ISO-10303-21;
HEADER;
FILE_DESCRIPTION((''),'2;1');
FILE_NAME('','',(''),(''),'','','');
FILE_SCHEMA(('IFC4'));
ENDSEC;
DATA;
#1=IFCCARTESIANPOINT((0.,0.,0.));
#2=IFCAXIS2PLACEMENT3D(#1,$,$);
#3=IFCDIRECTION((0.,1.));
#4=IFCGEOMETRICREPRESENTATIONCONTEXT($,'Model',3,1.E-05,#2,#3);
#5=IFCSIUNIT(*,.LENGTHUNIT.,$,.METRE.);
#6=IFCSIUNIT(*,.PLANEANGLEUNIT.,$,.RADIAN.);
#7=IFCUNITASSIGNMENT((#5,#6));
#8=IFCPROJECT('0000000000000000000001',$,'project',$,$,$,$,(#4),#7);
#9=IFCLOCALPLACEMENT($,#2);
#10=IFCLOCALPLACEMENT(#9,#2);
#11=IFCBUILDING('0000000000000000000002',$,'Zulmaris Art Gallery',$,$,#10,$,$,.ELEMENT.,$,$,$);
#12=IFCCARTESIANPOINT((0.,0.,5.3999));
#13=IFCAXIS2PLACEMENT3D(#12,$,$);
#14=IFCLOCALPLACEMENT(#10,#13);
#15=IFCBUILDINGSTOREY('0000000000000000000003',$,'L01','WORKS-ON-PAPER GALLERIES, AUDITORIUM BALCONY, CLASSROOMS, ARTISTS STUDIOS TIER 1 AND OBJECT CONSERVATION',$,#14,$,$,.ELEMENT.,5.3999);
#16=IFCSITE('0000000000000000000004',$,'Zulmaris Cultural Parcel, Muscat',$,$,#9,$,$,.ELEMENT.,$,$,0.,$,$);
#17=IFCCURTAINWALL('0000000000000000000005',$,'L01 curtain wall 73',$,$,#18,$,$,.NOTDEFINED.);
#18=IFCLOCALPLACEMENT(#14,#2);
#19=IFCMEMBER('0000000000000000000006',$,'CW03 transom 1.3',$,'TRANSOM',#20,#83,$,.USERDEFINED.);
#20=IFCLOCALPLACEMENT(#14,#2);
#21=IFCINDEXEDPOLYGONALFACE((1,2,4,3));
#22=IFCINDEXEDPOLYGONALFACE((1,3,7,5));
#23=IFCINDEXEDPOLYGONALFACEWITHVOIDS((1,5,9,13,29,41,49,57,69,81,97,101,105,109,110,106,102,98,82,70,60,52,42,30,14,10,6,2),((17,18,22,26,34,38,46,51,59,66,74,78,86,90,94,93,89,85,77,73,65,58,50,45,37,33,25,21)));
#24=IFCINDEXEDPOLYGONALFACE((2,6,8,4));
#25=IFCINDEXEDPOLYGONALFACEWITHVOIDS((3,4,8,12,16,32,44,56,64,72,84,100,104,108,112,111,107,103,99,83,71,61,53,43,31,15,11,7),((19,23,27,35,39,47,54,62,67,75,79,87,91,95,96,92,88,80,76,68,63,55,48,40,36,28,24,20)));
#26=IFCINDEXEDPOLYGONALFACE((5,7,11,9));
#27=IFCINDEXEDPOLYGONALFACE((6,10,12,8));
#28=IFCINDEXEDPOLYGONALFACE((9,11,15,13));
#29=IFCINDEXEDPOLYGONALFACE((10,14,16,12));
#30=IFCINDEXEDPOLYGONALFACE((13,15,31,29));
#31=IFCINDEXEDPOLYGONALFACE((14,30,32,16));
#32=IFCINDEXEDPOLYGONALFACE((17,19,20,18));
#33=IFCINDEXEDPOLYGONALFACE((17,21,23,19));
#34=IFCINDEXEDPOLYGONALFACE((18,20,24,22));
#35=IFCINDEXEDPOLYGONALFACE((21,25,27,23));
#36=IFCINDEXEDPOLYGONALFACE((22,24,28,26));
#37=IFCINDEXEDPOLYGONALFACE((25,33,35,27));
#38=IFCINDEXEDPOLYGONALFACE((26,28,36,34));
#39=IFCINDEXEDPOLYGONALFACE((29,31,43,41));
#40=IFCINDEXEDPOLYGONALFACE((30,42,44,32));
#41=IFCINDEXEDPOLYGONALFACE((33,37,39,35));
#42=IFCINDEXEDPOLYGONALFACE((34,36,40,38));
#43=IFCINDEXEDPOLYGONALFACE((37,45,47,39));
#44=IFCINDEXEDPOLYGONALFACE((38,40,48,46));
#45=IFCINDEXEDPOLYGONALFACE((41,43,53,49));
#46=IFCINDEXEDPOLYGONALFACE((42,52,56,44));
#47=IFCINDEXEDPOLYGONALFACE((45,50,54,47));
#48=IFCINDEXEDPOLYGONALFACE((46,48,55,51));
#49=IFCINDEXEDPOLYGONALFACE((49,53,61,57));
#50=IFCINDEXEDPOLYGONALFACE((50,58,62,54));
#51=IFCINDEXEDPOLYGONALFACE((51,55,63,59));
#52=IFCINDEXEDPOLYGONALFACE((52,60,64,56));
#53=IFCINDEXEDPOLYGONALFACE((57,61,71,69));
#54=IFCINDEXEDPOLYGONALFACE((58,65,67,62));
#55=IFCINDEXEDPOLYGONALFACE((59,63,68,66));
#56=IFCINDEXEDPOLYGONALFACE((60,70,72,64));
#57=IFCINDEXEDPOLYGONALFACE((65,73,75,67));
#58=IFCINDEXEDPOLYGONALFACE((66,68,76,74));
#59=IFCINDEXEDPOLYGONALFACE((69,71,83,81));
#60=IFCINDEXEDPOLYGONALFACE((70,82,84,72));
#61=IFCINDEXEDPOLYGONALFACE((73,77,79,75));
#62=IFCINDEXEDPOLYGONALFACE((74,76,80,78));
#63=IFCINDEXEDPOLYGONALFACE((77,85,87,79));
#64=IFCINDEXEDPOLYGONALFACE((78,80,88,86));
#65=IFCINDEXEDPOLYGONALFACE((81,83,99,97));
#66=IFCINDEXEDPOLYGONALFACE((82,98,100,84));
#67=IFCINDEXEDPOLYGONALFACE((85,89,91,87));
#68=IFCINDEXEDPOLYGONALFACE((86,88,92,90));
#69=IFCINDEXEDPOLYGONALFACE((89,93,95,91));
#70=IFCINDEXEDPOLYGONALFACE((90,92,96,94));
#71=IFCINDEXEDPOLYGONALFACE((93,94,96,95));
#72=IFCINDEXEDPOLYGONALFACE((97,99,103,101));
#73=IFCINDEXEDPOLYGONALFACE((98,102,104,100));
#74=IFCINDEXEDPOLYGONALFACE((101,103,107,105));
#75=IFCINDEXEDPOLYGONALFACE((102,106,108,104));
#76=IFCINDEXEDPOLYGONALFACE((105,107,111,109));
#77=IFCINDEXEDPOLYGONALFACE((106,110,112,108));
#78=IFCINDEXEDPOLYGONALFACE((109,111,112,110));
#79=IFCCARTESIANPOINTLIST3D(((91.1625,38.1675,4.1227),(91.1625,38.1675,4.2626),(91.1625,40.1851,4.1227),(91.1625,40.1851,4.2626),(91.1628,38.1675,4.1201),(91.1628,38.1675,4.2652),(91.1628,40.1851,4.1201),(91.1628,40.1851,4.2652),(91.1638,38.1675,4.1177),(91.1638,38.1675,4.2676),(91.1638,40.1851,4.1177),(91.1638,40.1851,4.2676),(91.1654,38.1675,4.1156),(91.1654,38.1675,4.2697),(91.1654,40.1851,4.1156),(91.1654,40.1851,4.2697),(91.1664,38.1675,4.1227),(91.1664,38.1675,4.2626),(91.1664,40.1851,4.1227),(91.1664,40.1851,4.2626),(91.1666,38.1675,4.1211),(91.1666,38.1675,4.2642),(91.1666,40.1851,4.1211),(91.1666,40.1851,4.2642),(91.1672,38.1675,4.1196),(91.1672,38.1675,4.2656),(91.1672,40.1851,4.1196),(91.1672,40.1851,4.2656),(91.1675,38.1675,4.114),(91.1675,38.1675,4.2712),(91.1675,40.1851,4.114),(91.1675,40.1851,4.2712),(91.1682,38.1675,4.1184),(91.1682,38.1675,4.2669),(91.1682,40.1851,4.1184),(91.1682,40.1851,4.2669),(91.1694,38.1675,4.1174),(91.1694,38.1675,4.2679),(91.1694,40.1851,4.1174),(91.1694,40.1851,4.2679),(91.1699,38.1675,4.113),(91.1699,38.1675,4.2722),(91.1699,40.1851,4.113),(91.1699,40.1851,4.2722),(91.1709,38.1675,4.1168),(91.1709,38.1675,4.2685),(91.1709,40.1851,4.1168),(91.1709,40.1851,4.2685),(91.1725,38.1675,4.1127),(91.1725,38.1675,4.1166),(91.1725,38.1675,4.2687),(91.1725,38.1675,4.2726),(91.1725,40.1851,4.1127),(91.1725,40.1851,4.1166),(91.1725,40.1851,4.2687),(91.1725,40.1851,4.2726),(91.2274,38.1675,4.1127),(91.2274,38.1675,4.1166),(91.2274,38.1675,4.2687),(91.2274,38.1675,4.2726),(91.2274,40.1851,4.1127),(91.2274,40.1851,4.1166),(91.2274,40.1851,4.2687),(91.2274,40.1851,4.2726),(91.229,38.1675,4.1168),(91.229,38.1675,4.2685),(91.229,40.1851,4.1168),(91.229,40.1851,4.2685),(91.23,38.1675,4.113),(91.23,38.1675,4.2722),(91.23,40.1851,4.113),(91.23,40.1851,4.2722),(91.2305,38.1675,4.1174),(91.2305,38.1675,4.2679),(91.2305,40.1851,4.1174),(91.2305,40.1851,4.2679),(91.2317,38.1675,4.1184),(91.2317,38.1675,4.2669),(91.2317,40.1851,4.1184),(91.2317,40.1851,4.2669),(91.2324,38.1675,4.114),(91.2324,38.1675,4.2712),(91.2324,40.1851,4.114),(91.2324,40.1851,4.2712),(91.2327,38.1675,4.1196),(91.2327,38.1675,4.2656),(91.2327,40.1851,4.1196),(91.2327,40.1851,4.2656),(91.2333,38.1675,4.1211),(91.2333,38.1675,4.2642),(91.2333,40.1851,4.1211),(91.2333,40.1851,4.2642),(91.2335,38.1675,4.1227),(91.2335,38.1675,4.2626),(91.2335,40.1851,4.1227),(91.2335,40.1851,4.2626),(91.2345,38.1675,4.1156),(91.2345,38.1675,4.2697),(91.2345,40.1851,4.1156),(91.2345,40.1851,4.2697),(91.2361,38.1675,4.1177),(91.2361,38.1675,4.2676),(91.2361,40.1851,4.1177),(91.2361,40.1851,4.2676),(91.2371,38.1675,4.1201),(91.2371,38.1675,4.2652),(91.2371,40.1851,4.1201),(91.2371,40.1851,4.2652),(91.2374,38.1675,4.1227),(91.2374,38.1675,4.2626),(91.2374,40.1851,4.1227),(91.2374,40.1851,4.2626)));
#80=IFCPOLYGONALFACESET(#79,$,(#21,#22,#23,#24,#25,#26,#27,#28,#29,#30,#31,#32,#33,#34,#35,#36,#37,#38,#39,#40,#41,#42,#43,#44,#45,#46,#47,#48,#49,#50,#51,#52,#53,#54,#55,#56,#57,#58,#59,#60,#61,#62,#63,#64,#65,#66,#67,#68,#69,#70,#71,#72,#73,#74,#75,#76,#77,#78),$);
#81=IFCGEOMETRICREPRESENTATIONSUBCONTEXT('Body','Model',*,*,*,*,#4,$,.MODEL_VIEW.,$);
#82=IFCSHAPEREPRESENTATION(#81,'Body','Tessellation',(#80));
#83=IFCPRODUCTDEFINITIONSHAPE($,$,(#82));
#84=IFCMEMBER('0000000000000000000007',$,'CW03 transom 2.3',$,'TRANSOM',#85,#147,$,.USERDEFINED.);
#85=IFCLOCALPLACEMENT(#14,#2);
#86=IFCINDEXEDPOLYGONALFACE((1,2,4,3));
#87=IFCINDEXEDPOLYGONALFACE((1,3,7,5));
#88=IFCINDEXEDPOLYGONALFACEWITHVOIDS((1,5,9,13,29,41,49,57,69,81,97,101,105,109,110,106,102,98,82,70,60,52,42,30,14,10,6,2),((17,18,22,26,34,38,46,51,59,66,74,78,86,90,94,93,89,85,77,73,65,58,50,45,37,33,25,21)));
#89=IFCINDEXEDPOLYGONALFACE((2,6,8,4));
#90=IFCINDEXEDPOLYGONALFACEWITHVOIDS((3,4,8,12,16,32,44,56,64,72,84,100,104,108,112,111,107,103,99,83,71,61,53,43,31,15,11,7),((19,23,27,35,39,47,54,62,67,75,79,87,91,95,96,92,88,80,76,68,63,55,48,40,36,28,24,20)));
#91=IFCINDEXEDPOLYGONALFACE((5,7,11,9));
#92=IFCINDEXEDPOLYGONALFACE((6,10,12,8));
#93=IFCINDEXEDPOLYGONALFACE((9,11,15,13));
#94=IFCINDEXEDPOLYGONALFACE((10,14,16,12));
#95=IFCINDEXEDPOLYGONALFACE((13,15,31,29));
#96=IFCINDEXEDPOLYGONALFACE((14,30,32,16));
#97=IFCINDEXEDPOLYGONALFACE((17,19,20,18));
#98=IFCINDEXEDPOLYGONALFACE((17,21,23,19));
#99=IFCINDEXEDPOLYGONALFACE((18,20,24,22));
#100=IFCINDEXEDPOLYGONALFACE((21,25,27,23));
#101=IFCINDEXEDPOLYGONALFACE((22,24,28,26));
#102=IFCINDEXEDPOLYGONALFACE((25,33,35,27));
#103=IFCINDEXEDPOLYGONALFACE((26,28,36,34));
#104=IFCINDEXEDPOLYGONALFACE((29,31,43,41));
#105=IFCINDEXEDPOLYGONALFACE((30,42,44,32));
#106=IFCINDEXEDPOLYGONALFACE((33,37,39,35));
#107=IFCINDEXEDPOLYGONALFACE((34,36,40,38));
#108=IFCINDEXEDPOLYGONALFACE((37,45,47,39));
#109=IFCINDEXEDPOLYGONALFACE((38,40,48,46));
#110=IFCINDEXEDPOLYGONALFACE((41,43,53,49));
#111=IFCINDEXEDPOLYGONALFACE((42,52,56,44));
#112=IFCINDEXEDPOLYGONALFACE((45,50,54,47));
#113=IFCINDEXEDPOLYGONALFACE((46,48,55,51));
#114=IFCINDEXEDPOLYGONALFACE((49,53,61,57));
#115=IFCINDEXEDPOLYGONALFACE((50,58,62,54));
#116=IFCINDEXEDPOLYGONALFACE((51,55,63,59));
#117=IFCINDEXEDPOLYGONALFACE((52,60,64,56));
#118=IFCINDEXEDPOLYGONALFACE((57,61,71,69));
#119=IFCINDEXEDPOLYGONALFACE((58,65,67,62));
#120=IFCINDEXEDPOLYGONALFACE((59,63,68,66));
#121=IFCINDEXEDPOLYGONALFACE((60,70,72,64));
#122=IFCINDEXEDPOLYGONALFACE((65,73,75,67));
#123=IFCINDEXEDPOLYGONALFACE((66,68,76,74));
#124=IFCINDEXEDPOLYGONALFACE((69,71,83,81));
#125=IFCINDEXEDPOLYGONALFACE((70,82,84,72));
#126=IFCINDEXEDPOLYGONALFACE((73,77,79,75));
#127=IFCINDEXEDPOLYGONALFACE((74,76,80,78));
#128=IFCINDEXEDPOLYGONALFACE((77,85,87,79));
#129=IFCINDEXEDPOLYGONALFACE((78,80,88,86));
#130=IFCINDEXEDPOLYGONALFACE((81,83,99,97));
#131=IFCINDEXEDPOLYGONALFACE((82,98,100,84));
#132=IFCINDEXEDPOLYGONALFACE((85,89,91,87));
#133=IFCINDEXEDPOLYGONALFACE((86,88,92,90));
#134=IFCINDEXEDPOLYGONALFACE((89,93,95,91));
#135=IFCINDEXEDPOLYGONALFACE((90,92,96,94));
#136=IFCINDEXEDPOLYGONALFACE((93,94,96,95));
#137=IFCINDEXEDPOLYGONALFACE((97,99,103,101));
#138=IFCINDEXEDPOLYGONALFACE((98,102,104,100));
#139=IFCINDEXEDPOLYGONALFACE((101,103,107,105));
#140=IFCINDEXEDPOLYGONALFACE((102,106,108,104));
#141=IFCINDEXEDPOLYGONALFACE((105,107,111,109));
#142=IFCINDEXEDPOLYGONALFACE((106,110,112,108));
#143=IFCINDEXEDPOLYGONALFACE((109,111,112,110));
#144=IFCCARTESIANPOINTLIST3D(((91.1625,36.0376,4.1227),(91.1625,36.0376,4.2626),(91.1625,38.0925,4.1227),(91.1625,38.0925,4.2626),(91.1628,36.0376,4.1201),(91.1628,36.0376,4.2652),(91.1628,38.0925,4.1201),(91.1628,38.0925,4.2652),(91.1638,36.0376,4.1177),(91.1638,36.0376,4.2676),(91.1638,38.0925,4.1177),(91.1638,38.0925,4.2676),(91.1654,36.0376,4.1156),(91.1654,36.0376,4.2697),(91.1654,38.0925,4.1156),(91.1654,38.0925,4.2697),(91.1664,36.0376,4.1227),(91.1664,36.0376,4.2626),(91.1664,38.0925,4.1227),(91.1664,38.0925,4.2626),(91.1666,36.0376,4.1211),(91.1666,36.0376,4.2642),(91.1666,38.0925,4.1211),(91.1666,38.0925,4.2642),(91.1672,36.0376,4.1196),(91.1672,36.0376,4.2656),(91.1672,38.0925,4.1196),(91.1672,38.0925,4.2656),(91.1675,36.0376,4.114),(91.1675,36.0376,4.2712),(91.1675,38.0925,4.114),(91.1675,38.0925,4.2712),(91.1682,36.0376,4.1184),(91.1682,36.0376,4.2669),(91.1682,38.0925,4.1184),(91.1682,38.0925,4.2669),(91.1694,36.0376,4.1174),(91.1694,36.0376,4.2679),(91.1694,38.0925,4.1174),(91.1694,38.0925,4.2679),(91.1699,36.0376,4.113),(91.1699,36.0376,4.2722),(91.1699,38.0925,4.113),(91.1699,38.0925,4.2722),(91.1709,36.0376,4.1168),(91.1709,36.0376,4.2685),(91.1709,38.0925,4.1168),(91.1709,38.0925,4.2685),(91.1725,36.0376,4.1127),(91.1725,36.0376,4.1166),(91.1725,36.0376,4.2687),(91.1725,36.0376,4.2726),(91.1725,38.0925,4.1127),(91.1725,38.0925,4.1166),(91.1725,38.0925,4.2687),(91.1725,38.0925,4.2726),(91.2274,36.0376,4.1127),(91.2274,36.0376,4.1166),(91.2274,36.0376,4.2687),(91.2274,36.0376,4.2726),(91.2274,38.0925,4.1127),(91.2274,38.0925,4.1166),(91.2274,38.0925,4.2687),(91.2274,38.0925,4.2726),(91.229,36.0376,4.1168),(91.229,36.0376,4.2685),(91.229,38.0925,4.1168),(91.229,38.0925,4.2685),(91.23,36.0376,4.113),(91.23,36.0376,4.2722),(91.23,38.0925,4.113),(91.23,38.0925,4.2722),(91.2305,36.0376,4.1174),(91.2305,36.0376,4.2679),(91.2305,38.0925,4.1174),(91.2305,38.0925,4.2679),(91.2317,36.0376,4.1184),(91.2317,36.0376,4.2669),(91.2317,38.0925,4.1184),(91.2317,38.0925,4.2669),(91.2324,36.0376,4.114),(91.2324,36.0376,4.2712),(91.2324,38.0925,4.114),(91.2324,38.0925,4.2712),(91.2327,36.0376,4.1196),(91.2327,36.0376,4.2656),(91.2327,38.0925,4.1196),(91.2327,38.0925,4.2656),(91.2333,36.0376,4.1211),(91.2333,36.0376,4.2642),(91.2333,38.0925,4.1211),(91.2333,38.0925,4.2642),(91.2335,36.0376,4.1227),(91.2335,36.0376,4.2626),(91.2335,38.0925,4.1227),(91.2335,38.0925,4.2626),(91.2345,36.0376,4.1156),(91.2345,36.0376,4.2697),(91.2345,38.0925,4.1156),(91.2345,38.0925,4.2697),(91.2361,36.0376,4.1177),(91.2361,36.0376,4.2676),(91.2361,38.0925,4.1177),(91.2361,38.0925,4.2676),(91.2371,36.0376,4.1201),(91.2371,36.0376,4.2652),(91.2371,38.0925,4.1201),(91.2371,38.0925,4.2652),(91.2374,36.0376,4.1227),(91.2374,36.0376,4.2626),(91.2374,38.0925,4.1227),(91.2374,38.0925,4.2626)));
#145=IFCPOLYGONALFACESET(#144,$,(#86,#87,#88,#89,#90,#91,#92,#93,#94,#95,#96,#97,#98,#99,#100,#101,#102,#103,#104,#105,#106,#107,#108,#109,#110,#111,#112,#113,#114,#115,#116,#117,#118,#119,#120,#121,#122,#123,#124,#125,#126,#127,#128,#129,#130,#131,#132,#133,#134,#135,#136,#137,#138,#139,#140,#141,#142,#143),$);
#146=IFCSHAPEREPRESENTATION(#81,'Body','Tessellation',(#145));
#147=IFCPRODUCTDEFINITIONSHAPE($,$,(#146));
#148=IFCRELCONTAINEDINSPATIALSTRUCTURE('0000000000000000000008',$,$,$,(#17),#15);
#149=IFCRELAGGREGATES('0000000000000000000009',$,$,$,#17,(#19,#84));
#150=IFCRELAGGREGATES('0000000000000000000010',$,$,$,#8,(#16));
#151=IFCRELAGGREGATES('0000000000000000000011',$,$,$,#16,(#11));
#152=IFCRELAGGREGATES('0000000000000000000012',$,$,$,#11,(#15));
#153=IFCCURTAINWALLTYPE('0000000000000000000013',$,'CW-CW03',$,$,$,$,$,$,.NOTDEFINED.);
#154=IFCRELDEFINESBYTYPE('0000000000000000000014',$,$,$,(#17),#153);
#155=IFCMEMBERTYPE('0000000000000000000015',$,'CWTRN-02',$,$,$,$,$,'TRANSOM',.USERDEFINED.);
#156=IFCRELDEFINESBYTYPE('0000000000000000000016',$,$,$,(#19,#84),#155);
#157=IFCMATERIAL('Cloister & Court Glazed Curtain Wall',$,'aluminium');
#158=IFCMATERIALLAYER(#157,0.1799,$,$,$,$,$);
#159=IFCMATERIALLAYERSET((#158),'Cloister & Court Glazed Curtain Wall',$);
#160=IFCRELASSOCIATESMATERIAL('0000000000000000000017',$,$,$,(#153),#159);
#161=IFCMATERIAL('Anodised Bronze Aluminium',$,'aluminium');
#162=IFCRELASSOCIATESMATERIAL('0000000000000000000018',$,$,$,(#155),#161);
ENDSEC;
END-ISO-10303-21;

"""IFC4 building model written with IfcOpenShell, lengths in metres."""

from ifc_helpers import new_model, si_unit, direction, frame, origin, origin_2d, place, context, subcontext, project, spatial, hollow_rectangle, extrude, material, layer, layer_set, material_profile, profile_set, type_object, element, aggregate, save


model = new_model("IFC4")

# Units and contexts
model_context = context("Model", 3, precision=1e-05, world=origin(), true_north=direction((0.0, 1.0)))
body_context = subcontext(model_context, "Body", "Model", "MODEL_VIEW")
ifc_project = project(units=[si_unit("LENGTHUNIT", "METRE"), si_unit("PLANEANGLEUNIT", "RADIAN")], contexts=[model_context])

# Site, building, storey
site_placement = place(None, origin())
site = spatial("IfcSite", under=ifc_project, at=site_placement, Name="Zulmaris Cultural Parcel, Muscat", CompositionType="ELEMENT", RefElevation=0.0)
building_placement = place(site_placement, origin())
building = spatial("IfcBuilding", under=site, at=building_placement, Name="Zulmaris Art Gallery", CompositionType="ELEMENT")
storey_placement = place(building_placement, frame((0.0, 0.0, 5.3999)))
storey = spatial("IfcBuildingStorey", under=building, at=storey_placement, Name="L01", Description="WORKS-ON-PAPER GALLERIES, AUDITORIUM BALCONY, CLASSROOMS, ARTISTS STUDIOS TIER 1 AND OBJECT CONSERVATION", CompositionType="ELEMENT", Elevation=5.3999)

# Curtain wall
ifc_material_1 = material(Name="Cloister & Court Glazed Curtain Wall", Category="aluminium")
ifc_layer_1 = layer(ifc_material_1, 0.1799)
ifc_layer_set_1 = layer_set([ifc_layer_1], Name="Cloister & Court Glazed Curtain Wall")
curtain_wall_type = type_object("IfcCurtainWallType", Name="CW-CW03", PredefinedType="NOTDEFINED", material=ifc_layer_set_1)
curtain_wall_1_placement = place(storey_placement, origin())
curtain_wall_1 = element("IfcCurtainWall", 1, at=curtain_wall_1_placement, inside=storey, type_object=curtain_wall_type, Name="L01 curtain wall 73", PredefinedType="NOTDEFINED")
ifc_material_2 = material(Name="Anodised Bronze Aluminium", Category="aluminium")

# Members
ifc_material_profile_1 = material_profile(ifc_material_2, hollow_rectangle(XDim=0.075, YDim=0.1599, WallThickness=0.0039, InnerFilletRadius=0.0061, OuterFilletRadius=0.01, at=origin_2d()), Name="ALU 75x160x4")
ifc_profile_set_1 = profile_set([ifc_material_profile_1], Name="Anodised Bronze Aluminium")
member_type_1 = type_object("IfcMemberType", Name="CWTRN-02", ElementType="TRANSOM", PredefinedType="USERDEFINED", material=ifc_profile_set_1)
member_1_placement = place(storey_placement, frame((91.2, 40.1851, 4.1926), z_axis=(0.0, -1.0, 0.0), x_axis=(1.0, 0.0, 0.0)))
member_1 = element("IfcMember", 2, at=member_1_placement, type_object=member_type_1, Name="CW03 transom 1.3", ObjectType="TRANSOM", PredefinedType="USERDEFINED", context=body_context, shape_type="SweptSolid", body=[
    extrude(hollow_rectangle(XDim=0.075, YDim=0.1599, WallThickness=0.0039, InnerFilletRadius=0.0061, OuterFilletRadius=0.01, at=origin_2d()), origin(), (0.0, 0.0, 1.0), 2.0176),
])
member_2_placement = place(storey_placement, frame((91.2, 38.0925, 4.1926), z_axis=(0.0, -1.0, 0.0), x_axis=(1.0, 0.0, 0.0)))
member_2 = element("IfcMember", 3, at=member_2_placement, type_object=member_type_1, Name="CW03 transom 2.3", ObjectType="TRANSOM", PredefinedType="USERDEFINED", context=body_context, shape_type="SweptSolid", body=[
    extrude(hollow_rectangle(XDim=0.075, YDim=0.1599, WallThickness=0.0039, InnerFilletRadius=0.0061, OuterFilletRadius=0.01, at=origin_2d()), origin(), (0.0, 0.0, 1.0), 2.0549),
])

aggregate(curtain_wall_1, [member_1, member_2])

save(model, "model.ifc")
